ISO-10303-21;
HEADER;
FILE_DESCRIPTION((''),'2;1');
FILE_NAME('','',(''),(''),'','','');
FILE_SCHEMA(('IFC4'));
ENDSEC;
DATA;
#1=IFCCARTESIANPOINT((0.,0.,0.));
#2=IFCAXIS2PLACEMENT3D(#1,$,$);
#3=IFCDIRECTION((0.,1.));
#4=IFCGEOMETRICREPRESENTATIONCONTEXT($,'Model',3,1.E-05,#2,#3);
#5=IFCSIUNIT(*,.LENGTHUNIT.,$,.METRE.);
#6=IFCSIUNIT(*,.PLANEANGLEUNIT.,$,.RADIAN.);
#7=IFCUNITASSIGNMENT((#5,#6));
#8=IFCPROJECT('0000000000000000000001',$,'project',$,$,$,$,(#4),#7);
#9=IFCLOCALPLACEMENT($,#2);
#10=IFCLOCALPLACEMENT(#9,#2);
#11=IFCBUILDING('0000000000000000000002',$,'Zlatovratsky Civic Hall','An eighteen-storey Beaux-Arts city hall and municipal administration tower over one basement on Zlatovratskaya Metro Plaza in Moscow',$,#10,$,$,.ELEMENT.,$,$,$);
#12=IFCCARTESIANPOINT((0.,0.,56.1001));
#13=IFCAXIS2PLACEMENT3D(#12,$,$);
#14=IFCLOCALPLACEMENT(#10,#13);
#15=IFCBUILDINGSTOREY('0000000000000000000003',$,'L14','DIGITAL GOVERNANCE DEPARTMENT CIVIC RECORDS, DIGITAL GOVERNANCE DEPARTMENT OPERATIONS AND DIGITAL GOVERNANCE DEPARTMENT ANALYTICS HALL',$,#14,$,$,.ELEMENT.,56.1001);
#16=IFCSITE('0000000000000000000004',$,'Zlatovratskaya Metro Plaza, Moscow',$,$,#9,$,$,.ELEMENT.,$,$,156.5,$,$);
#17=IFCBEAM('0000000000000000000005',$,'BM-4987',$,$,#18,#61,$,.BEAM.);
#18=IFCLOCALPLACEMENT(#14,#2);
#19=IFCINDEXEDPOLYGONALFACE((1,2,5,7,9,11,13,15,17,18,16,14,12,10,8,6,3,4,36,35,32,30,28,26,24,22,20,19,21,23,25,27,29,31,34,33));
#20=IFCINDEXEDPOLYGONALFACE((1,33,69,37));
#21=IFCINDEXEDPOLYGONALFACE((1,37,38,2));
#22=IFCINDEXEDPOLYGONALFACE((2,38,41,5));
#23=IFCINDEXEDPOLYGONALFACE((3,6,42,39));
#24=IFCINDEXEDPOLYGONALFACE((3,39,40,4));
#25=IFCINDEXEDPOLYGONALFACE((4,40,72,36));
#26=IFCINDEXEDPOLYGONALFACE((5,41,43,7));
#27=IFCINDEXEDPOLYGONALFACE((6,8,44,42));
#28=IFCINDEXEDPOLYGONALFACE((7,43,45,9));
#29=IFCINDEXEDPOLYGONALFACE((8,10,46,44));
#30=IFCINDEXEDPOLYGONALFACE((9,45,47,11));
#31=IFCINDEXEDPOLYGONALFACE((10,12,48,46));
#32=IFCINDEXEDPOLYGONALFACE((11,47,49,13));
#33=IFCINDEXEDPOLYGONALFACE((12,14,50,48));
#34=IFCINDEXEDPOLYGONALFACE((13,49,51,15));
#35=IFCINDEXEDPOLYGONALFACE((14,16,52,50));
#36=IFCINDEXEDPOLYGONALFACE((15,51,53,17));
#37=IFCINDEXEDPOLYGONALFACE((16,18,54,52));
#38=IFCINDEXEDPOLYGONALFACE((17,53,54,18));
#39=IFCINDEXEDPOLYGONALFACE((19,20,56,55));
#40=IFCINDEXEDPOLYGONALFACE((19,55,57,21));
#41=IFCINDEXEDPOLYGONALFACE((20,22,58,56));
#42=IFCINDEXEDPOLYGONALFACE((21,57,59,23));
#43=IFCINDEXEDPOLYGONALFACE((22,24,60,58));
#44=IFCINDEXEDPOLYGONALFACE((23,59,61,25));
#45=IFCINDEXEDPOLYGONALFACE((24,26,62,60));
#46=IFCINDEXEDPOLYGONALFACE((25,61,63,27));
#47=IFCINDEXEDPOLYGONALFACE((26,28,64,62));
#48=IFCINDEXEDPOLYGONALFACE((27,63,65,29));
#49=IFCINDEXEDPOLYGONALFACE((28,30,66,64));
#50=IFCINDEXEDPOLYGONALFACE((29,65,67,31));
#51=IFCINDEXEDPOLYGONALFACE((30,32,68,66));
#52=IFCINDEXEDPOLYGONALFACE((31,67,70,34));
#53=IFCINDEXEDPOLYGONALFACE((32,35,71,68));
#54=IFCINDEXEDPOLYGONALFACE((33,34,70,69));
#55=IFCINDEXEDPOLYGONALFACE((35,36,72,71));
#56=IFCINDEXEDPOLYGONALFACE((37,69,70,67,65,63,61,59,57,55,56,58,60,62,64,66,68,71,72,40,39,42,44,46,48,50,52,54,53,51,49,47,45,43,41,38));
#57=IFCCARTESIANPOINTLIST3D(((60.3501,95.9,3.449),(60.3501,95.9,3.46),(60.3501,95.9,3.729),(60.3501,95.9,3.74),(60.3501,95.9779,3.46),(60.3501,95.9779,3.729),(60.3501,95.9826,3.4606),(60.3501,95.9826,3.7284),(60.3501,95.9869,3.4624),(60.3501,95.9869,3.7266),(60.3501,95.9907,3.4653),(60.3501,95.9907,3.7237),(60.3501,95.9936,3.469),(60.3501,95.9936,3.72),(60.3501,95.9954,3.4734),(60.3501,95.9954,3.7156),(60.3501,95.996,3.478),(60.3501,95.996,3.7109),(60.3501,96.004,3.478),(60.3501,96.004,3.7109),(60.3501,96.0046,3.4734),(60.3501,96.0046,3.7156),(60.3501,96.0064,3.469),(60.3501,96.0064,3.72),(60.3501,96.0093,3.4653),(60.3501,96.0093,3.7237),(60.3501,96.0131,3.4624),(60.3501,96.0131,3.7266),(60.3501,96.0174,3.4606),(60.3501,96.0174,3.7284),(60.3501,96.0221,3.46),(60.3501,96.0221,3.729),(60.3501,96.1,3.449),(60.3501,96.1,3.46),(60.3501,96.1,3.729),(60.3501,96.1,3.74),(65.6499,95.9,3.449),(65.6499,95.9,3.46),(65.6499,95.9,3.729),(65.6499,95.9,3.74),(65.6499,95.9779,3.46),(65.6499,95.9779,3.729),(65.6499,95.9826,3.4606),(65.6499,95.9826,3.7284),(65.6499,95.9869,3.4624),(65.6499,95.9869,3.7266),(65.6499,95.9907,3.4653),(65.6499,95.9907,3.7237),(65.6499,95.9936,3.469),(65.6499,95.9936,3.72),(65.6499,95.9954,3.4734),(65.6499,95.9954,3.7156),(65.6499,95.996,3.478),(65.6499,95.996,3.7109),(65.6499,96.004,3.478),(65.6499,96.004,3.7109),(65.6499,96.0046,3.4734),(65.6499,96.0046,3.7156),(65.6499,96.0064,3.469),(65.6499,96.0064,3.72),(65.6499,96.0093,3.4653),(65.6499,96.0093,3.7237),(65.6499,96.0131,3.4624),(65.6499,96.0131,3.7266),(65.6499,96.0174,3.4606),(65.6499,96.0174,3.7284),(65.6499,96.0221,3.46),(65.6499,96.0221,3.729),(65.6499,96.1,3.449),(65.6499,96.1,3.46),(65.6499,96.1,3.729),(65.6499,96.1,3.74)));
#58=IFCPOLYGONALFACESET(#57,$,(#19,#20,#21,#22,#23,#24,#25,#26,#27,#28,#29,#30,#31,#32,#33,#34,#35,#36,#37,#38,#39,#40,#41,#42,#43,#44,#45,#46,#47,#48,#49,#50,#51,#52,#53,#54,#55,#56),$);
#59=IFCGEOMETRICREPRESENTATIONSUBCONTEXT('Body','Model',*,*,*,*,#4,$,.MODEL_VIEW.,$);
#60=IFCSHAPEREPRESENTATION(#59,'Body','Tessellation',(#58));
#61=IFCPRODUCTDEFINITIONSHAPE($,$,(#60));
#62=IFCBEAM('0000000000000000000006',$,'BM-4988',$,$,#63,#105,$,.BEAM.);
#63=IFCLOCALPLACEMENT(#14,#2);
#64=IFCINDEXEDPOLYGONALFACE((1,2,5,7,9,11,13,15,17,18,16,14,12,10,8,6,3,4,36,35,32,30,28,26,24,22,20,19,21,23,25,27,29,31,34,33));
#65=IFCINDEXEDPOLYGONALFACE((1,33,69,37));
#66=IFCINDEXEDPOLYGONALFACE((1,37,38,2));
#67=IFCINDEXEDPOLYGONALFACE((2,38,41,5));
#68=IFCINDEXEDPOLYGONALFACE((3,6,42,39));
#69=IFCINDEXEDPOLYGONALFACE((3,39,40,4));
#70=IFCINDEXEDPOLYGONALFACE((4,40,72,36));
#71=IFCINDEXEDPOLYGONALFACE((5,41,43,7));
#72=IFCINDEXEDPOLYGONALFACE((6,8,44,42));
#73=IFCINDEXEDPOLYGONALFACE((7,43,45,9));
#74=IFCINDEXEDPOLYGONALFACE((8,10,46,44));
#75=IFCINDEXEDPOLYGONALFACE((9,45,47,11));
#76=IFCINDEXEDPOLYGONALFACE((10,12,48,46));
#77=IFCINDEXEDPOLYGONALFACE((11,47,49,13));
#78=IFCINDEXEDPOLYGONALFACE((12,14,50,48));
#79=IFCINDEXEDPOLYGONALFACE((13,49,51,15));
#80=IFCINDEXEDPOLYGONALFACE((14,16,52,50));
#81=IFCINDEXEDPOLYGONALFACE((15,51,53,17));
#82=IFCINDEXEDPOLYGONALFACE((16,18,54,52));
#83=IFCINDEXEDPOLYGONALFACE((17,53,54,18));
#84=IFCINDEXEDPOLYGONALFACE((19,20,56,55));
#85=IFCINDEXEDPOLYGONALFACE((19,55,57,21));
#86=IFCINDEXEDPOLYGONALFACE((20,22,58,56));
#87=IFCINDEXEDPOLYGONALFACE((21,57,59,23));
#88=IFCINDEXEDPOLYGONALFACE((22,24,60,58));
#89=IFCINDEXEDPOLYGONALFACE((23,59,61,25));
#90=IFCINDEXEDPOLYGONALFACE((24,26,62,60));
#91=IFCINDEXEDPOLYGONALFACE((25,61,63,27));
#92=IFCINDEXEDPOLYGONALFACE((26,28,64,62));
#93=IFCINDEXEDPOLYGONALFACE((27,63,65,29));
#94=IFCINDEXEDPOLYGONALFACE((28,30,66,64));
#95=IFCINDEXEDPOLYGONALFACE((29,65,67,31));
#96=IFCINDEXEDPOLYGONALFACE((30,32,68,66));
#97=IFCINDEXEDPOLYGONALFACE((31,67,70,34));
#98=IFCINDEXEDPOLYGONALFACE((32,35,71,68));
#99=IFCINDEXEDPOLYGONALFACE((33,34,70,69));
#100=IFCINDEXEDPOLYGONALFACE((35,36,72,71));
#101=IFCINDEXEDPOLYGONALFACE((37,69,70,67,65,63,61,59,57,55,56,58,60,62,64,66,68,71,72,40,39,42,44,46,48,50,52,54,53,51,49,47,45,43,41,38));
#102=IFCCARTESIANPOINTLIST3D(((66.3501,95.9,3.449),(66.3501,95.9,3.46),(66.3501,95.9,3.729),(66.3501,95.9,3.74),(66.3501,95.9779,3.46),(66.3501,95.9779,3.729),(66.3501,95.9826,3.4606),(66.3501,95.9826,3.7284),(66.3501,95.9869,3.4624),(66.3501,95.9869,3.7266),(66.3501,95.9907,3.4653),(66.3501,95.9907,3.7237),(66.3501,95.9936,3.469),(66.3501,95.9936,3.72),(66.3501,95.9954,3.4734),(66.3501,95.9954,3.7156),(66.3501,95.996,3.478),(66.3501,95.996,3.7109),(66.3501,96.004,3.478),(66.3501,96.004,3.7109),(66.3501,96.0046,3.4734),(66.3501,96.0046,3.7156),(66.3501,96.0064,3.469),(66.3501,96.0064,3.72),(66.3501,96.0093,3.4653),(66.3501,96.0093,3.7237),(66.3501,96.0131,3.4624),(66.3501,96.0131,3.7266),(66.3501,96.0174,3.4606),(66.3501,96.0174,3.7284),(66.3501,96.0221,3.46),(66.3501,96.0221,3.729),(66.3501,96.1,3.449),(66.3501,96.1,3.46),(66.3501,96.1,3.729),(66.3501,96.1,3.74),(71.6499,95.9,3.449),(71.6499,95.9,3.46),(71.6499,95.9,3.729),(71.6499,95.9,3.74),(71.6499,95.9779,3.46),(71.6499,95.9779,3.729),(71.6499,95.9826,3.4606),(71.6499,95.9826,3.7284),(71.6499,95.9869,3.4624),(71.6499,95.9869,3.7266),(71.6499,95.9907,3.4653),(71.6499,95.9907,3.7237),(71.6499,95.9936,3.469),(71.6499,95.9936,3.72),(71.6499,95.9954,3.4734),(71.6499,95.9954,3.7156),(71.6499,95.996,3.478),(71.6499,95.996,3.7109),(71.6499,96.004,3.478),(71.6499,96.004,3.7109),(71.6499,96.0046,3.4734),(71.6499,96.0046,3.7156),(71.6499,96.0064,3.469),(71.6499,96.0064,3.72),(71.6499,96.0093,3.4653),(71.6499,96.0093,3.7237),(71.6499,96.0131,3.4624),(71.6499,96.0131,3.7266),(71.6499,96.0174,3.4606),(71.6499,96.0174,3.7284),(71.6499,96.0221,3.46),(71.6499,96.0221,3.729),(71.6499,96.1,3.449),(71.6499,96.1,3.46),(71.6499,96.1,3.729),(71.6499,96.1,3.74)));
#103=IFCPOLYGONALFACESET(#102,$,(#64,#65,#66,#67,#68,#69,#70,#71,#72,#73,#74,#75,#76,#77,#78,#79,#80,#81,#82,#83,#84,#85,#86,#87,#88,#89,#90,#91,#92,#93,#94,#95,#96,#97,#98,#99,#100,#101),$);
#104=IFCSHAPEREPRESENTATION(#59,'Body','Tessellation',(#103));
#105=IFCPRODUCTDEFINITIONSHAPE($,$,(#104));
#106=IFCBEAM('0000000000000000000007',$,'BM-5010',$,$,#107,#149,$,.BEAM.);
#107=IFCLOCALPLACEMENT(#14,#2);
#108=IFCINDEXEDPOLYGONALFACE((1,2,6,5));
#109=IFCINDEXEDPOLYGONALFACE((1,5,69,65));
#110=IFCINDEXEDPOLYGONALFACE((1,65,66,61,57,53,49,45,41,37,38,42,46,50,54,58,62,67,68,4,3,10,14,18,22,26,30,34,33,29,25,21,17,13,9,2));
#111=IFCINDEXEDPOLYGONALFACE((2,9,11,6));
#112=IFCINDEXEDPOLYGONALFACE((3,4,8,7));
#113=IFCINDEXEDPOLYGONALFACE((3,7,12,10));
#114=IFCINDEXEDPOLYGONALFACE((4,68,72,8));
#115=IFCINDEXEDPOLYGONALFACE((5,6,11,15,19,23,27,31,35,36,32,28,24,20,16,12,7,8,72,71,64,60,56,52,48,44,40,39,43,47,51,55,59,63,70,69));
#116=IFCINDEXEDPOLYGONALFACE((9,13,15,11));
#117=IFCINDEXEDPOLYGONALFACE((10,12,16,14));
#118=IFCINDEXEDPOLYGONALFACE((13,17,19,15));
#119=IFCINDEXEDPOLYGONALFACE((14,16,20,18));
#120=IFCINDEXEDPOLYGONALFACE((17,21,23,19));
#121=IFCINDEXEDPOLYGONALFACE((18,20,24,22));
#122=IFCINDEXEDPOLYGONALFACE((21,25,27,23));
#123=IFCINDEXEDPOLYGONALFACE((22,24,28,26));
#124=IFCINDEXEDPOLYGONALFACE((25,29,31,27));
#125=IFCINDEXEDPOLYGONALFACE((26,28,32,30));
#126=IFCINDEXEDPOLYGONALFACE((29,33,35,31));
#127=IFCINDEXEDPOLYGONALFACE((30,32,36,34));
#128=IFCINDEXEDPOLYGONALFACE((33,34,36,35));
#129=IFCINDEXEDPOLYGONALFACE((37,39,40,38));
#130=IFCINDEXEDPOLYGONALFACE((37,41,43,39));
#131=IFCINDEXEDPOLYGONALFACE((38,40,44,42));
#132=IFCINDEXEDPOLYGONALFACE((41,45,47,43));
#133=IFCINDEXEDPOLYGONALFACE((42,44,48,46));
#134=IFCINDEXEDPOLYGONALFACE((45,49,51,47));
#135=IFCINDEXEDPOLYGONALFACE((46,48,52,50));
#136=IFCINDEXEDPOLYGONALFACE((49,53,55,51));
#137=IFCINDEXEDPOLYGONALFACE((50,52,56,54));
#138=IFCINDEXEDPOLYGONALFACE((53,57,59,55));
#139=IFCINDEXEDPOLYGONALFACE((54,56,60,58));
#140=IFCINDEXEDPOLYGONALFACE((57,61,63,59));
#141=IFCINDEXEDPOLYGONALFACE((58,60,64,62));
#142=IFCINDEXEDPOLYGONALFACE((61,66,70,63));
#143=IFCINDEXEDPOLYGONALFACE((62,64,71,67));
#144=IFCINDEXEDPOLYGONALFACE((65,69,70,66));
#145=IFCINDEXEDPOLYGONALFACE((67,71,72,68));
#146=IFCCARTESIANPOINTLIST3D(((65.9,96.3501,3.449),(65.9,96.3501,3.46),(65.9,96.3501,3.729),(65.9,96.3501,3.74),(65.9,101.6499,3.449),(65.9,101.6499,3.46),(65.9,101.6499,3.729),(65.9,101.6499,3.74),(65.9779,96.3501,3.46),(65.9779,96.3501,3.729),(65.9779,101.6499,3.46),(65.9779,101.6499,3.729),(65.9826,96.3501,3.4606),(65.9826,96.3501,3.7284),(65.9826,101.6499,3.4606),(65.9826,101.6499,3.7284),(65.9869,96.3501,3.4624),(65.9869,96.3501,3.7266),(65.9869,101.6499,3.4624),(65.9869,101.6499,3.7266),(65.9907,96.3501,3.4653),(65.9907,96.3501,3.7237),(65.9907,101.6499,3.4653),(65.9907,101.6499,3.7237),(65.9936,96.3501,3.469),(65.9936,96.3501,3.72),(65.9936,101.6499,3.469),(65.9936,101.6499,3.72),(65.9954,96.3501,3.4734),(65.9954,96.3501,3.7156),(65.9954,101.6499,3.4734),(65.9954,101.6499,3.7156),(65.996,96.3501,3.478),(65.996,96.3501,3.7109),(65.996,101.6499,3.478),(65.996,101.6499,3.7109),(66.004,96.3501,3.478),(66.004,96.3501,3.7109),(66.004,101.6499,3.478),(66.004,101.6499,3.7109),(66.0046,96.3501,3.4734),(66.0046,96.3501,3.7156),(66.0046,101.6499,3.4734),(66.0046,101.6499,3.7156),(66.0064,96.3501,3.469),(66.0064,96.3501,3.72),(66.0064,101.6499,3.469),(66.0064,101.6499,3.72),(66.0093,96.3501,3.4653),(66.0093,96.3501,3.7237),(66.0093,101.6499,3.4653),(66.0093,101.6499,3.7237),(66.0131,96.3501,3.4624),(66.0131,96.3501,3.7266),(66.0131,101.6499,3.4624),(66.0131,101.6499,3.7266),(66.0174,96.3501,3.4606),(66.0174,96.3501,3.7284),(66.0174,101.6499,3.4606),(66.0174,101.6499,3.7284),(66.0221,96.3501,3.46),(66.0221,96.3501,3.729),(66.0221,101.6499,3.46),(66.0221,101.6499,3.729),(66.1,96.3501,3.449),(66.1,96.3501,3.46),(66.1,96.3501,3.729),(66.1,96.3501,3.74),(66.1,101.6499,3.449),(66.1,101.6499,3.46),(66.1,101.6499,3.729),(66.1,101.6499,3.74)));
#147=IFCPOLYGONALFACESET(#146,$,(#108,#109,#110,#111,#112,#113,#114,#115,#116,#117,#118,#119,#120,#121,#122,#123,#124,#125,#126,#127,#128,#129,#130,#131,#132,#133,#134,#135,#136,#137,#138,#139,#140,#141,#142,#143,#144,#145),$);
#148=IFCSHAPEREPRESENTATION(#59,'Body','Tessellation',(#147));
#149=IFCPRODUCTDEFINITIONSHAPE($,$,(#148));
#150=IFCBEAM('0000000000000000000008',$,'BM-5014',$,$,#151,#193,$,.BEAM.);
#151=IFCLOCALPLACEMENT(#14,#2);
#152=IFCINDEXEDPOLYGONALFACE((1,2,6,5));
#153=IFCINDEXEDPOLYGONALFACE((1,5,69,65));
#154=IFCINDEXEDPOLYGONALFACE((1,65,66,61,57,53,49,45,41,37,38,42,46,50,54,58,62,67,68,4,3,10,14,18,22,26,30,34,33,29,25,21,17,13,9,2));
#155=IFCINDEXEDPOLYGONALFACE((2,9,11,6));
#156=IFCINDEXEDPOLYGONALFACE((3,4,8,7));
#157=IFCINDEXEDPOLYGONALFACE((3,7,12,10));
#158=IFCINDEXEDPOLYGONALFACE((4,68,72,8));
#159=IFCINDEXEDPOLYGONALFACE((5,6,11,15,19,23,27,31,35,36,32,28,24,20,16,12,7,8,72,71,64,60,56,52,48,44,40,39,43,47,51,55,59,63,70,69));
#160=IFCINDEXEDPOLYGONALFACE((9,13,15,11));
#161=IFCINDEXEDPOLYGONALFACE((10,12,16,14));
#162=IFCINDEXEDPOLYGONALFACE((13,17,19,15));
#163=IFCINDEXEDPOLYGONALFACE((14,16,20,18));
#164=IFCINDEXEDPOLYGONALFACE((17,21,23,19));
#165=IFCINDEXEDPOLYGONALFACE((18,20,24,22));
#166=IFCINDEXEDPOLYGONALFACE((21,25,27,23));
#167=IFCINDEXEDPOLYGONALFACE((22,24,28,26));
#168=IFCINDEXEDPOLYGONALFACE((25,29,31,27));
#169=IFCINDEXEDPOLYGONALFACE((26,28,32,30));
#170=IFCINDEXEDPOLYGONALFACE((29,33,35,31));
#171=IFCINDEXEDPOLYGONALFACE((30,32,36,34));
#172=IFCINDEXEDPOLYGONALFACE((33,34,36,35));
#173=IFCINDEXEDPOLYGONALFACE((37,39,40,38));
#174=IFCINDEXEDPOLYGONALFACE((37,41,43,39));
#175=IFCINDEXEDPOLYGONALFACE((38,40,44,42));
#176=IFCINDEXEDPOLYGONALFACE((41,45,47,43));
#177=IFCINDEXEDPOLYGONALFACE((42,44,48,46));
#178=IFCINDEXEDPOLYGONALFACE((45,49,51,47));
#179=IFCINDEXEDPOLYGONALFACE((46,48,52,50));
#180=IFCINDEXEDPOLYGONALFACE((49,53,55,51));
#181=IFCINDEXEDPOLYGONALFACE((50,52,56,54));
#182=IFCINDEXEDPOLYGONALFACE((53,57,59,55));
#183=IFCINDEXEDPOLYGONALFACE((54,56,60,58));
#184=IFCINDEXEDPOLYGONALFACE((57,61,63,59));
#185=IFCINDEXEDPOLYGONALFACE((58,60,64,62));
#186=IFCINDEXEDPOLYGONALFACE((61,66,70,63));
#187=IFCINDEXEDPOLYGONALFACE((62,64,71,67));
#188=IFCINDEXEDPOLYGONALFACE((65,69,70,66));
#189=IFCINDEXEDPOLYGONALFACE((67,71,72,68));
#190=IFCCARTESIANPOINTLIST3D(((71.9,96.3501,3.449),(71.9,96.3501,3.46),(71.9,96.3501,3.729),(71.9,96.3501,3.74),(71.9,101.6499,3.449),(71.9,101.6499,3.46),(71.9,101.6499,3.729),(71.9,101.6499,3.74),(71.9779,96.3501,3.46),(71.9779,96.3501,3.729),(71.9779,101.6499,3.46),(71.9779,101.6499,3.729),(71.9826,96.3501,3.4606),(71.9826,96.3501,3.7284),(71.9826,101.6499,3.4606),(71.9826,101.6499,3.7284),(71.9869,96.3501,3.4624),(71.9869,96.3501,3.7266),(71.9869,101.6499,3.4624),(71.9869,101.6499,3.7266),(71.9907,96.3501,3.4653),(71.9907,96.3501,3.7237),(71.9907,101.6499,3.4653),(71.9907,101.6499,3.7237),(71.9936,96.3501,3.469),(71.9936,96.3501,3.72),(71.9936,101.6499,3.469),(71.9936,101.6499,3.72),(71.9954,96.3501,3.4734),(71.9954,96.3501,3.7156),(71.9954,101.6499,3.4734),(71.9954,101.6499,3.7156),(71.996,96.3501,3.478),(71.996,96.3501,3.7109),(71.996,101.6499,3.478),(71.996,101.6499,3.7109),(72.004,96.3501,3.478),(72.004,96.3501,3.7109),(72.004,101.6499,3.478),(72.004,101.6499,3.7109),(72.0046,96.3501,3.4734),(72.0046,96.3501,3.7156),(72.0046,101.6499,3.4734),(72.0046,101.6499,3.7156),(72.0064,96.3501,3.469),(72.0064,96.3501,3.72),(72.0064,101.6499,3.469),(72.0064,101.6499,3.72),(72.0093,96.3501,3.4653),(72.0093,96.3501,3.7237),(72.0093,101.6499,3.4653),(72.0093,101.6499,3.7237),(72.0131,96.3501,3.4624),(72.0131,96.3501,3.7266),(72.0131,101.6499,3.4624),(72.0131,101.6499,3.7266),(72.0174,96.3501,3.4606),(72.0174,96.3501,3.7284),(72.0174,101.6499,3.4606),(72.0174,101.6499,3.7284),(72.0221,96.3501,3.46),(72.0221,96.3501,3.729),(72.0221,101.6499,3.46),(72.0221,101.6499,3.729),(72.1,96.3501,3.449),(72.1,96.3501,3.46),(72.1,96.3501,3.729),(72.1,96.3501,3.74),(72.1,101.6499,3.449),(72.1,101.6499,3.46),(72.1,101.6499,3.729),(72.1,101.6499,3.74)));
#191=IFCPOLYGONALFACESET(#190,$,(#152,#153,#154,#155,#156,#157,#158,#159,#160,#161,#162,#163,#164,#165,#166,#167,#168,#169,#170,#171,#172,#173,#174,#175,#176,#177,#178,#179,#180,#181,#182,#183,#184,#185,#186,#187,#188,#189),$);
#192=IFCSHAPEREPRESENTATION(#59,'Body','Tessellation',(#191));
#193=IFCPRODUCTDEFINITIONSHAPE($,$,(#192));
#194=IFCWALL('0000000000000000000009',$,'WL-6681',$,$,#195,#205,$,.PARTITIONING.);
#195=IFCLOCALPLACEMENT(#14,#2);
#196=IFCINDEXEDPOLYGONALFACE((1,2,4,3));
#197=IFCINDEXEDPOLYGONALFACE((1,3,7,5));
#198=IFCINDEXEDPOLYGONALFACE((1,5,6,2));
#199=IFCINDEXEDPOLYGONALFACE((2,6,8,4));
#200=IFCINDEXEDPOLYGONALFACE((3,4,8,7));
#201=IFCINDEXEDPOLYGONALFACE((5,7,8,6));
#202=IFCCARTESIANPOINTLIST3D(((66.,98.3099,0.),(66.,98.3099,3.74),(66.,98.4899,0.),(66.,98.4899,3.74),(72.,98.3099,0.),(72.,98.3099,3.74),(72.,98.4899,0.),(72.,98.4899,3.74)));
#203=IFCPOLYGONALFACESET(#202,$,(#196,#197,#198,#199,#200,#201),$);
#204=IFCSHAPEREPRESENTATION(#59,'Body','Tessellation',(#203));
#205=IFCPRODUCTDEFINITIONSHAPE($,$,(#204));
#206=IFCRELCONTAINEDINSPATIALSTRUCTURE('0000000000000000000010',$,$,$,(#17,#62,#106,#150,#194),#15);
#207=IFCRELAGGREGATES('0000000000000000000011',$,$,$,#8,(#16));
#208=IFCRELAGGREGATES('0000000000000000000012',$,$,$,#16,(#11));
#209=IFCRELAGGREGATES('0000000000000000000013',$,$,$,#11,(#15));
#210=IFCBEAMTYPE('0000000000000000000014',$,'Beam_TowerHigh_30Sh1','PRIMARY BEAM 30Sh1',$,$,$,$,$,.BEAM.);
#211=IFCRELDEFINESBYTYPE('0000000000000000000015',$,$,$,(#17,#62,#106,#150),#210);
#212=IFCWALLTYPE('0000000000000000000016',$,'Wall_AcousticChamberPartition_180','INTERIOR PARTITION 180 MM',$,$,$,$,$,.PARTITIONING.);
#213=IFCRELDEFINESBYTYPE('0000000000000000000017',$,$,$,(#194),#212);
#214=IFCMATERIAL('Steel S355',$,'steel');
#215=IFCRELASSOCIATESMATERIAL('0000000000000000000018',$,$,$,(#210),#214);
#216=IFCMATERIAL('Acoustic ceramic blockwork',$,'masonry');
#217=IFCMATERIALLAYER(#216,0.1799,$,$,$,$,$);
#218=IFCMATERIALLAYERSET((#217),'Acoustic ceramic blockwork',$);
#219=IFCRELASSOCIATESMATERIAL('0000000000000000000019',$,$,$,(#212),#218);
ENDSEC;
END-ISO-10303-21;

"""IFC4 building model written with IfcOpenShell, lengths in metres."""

from ifc_helpers import new_model, si_unit, direction, frame, frame_2d, origin, origin_2d, place, context, subcontext, project, spatial, rectangle, i_section, extrude, material, layer, layer_set, material_profile, profile_set, type_object, element, save


model = new_model("IFC4")

# Units and contexts
model_context = context("Model", 3, precision=1e-05, world=origin(), true_north=direction((0.0, 1.0)))
body_context = subcontext(model_context, "Body", "Model", "MODEL_VIEW")
ifc_project = project(units=[si_unit("LENGTHUNIT", "METRE"), si_unit("PLANEANGLEUNIT", "RADIAN")], contexts=[model_context])

# Site, building, storey
site_placement = place(None, origin())
site = spatial("IfcSite", under=ifc_project, at=site_placement, Name="Zlatovratskaya Metro Plaza, Moscow", CompositionType="ELEMENT", RefElevation=156.5)
building_placement = place(site_placement, origin())
building = spatial("IfcBuilding", under=site, at=building_placement, Name="Zlatovratsky Civic Hall", Description="An eighteen-storey Beaux-Arts city hall and municipal administration tower over one basement on Zlatovratskaya Metro Plaza in Moscow", CompositionType="ELEMENT")
storey_placement = place(building_placement, frame((0.0, 0.0, 56.1001)))
storey = spatial("IfcBuildingStorey", under=building, at=storey_placement, Name="L14", Description="DIGITAL GOVERNANCE DEPARTMENT CIVIC RECORDS, DIGITAL GOVERNANCE DEPARTMENT OPERATIONS AND DIGITAL GOVERNANCE DEPARTMENT ANALYTICS HALL", CompositionType="ELEMENT", Elevation=56.1001)

# Beams
ifc_material_1 = material(Name="Steel S355", Category="steel")
ifc_material_profile_1 = material_profile(ifc_material_1, i_section(OverallWidth=0.2, OverallDepth=0.291, WebThickness=0.0081, FlangeThickness=0.011, FilletRadius=0.0181, at=origin_2d()), Name="30Sh1")
ifc_profile_set_1 = profile_set([ifc_material_profile_1], Name="Steel S355")
beam_type_1 = type_object("IfcBeamType", Name="Beam_TowerHigh_30Sh1", Description="PRIMARY BEAM 30Sh1", PredefinedType="BEAM", material=ifc_profile_set_1)
for number, where, z_axis, x_axis, name in (
    (1, (60.3501, 96.0, 3.5945), (1.0, 0.0, 0.0), (0.0, 1.0, 0.0), "BM-4987"),
    (2, (66.3501, 96.0, 3.5945), (1.0, 0.0, 0.0), (0.0, 1.0, 0.0), "BM-4988"),
    (3, (66.0, 96.3501, 3.5945), (0.0, 1.0, 0.0), (-1.0, 0.0, 0.0), "BM-5010"),
    (4, (72.0, 96.3501, 3.5945), (0.0, 1.0, 0.0), (-1.0, 0.0, 0.0), "BM-5014"),
):
    element("IfcBeam", number, at=place(storey_placement, frame(where, z_axis=z_axis, x_axis=x_axis)), inside=storey, type_object=beam_type_1, Name=name, PredefinedType="BEAM", context=body_context, shape_type="SweptSolid", body=[
        extrude(i_section(OverallWidth=0.2, OverallDepth=0.291, WebThickness=0.0081, FlangeThickness=0.011, FilletRadius=0.0181, at=origin_2d()), origin(), (0.0, 0.0, 1.0), 5.2998),
    ])

# Wall
ifc_material_2 = material(Name="Acoustic ceramic blockwork", Category="masonry")
ifc_layer_1 = layer(ifc_material_2, 0.1799)
ifc_layer_set_1 = layer_set([ifc_layer_1], Name="Acoustic ceramic blockwork")
wall_type_1 = type_object("IfcWallType", Name="Wall_AcousticChamberPartition_180", Description="INTERIOR PARTITION 180 MM", PredefinedType="PARTITIONING", material=ifc_layer_set_1)
wall_1_placement = place(storey_placement, frame((66.0, 98.3999, 0.0), z_axis=(0.0, 0.0, 1.0), x_axis=(1.0, 0.0, 0.0)))
element("IfcWall", 5, at=wall_1_placement, inside=storey, type_object=wall_type_1, Name="WL-6681", PredefinedType="PARTITIONING", context=body_context, shape_type="SweptSolid", body=[
    extrude(rectangle(XDim=6.0, YDim=0.1799, at=frame_2d((3.0, 0.0))), origin(), (0.0, 0.0, 1.0), 3.74),
])

save(model, "model.ifc")
